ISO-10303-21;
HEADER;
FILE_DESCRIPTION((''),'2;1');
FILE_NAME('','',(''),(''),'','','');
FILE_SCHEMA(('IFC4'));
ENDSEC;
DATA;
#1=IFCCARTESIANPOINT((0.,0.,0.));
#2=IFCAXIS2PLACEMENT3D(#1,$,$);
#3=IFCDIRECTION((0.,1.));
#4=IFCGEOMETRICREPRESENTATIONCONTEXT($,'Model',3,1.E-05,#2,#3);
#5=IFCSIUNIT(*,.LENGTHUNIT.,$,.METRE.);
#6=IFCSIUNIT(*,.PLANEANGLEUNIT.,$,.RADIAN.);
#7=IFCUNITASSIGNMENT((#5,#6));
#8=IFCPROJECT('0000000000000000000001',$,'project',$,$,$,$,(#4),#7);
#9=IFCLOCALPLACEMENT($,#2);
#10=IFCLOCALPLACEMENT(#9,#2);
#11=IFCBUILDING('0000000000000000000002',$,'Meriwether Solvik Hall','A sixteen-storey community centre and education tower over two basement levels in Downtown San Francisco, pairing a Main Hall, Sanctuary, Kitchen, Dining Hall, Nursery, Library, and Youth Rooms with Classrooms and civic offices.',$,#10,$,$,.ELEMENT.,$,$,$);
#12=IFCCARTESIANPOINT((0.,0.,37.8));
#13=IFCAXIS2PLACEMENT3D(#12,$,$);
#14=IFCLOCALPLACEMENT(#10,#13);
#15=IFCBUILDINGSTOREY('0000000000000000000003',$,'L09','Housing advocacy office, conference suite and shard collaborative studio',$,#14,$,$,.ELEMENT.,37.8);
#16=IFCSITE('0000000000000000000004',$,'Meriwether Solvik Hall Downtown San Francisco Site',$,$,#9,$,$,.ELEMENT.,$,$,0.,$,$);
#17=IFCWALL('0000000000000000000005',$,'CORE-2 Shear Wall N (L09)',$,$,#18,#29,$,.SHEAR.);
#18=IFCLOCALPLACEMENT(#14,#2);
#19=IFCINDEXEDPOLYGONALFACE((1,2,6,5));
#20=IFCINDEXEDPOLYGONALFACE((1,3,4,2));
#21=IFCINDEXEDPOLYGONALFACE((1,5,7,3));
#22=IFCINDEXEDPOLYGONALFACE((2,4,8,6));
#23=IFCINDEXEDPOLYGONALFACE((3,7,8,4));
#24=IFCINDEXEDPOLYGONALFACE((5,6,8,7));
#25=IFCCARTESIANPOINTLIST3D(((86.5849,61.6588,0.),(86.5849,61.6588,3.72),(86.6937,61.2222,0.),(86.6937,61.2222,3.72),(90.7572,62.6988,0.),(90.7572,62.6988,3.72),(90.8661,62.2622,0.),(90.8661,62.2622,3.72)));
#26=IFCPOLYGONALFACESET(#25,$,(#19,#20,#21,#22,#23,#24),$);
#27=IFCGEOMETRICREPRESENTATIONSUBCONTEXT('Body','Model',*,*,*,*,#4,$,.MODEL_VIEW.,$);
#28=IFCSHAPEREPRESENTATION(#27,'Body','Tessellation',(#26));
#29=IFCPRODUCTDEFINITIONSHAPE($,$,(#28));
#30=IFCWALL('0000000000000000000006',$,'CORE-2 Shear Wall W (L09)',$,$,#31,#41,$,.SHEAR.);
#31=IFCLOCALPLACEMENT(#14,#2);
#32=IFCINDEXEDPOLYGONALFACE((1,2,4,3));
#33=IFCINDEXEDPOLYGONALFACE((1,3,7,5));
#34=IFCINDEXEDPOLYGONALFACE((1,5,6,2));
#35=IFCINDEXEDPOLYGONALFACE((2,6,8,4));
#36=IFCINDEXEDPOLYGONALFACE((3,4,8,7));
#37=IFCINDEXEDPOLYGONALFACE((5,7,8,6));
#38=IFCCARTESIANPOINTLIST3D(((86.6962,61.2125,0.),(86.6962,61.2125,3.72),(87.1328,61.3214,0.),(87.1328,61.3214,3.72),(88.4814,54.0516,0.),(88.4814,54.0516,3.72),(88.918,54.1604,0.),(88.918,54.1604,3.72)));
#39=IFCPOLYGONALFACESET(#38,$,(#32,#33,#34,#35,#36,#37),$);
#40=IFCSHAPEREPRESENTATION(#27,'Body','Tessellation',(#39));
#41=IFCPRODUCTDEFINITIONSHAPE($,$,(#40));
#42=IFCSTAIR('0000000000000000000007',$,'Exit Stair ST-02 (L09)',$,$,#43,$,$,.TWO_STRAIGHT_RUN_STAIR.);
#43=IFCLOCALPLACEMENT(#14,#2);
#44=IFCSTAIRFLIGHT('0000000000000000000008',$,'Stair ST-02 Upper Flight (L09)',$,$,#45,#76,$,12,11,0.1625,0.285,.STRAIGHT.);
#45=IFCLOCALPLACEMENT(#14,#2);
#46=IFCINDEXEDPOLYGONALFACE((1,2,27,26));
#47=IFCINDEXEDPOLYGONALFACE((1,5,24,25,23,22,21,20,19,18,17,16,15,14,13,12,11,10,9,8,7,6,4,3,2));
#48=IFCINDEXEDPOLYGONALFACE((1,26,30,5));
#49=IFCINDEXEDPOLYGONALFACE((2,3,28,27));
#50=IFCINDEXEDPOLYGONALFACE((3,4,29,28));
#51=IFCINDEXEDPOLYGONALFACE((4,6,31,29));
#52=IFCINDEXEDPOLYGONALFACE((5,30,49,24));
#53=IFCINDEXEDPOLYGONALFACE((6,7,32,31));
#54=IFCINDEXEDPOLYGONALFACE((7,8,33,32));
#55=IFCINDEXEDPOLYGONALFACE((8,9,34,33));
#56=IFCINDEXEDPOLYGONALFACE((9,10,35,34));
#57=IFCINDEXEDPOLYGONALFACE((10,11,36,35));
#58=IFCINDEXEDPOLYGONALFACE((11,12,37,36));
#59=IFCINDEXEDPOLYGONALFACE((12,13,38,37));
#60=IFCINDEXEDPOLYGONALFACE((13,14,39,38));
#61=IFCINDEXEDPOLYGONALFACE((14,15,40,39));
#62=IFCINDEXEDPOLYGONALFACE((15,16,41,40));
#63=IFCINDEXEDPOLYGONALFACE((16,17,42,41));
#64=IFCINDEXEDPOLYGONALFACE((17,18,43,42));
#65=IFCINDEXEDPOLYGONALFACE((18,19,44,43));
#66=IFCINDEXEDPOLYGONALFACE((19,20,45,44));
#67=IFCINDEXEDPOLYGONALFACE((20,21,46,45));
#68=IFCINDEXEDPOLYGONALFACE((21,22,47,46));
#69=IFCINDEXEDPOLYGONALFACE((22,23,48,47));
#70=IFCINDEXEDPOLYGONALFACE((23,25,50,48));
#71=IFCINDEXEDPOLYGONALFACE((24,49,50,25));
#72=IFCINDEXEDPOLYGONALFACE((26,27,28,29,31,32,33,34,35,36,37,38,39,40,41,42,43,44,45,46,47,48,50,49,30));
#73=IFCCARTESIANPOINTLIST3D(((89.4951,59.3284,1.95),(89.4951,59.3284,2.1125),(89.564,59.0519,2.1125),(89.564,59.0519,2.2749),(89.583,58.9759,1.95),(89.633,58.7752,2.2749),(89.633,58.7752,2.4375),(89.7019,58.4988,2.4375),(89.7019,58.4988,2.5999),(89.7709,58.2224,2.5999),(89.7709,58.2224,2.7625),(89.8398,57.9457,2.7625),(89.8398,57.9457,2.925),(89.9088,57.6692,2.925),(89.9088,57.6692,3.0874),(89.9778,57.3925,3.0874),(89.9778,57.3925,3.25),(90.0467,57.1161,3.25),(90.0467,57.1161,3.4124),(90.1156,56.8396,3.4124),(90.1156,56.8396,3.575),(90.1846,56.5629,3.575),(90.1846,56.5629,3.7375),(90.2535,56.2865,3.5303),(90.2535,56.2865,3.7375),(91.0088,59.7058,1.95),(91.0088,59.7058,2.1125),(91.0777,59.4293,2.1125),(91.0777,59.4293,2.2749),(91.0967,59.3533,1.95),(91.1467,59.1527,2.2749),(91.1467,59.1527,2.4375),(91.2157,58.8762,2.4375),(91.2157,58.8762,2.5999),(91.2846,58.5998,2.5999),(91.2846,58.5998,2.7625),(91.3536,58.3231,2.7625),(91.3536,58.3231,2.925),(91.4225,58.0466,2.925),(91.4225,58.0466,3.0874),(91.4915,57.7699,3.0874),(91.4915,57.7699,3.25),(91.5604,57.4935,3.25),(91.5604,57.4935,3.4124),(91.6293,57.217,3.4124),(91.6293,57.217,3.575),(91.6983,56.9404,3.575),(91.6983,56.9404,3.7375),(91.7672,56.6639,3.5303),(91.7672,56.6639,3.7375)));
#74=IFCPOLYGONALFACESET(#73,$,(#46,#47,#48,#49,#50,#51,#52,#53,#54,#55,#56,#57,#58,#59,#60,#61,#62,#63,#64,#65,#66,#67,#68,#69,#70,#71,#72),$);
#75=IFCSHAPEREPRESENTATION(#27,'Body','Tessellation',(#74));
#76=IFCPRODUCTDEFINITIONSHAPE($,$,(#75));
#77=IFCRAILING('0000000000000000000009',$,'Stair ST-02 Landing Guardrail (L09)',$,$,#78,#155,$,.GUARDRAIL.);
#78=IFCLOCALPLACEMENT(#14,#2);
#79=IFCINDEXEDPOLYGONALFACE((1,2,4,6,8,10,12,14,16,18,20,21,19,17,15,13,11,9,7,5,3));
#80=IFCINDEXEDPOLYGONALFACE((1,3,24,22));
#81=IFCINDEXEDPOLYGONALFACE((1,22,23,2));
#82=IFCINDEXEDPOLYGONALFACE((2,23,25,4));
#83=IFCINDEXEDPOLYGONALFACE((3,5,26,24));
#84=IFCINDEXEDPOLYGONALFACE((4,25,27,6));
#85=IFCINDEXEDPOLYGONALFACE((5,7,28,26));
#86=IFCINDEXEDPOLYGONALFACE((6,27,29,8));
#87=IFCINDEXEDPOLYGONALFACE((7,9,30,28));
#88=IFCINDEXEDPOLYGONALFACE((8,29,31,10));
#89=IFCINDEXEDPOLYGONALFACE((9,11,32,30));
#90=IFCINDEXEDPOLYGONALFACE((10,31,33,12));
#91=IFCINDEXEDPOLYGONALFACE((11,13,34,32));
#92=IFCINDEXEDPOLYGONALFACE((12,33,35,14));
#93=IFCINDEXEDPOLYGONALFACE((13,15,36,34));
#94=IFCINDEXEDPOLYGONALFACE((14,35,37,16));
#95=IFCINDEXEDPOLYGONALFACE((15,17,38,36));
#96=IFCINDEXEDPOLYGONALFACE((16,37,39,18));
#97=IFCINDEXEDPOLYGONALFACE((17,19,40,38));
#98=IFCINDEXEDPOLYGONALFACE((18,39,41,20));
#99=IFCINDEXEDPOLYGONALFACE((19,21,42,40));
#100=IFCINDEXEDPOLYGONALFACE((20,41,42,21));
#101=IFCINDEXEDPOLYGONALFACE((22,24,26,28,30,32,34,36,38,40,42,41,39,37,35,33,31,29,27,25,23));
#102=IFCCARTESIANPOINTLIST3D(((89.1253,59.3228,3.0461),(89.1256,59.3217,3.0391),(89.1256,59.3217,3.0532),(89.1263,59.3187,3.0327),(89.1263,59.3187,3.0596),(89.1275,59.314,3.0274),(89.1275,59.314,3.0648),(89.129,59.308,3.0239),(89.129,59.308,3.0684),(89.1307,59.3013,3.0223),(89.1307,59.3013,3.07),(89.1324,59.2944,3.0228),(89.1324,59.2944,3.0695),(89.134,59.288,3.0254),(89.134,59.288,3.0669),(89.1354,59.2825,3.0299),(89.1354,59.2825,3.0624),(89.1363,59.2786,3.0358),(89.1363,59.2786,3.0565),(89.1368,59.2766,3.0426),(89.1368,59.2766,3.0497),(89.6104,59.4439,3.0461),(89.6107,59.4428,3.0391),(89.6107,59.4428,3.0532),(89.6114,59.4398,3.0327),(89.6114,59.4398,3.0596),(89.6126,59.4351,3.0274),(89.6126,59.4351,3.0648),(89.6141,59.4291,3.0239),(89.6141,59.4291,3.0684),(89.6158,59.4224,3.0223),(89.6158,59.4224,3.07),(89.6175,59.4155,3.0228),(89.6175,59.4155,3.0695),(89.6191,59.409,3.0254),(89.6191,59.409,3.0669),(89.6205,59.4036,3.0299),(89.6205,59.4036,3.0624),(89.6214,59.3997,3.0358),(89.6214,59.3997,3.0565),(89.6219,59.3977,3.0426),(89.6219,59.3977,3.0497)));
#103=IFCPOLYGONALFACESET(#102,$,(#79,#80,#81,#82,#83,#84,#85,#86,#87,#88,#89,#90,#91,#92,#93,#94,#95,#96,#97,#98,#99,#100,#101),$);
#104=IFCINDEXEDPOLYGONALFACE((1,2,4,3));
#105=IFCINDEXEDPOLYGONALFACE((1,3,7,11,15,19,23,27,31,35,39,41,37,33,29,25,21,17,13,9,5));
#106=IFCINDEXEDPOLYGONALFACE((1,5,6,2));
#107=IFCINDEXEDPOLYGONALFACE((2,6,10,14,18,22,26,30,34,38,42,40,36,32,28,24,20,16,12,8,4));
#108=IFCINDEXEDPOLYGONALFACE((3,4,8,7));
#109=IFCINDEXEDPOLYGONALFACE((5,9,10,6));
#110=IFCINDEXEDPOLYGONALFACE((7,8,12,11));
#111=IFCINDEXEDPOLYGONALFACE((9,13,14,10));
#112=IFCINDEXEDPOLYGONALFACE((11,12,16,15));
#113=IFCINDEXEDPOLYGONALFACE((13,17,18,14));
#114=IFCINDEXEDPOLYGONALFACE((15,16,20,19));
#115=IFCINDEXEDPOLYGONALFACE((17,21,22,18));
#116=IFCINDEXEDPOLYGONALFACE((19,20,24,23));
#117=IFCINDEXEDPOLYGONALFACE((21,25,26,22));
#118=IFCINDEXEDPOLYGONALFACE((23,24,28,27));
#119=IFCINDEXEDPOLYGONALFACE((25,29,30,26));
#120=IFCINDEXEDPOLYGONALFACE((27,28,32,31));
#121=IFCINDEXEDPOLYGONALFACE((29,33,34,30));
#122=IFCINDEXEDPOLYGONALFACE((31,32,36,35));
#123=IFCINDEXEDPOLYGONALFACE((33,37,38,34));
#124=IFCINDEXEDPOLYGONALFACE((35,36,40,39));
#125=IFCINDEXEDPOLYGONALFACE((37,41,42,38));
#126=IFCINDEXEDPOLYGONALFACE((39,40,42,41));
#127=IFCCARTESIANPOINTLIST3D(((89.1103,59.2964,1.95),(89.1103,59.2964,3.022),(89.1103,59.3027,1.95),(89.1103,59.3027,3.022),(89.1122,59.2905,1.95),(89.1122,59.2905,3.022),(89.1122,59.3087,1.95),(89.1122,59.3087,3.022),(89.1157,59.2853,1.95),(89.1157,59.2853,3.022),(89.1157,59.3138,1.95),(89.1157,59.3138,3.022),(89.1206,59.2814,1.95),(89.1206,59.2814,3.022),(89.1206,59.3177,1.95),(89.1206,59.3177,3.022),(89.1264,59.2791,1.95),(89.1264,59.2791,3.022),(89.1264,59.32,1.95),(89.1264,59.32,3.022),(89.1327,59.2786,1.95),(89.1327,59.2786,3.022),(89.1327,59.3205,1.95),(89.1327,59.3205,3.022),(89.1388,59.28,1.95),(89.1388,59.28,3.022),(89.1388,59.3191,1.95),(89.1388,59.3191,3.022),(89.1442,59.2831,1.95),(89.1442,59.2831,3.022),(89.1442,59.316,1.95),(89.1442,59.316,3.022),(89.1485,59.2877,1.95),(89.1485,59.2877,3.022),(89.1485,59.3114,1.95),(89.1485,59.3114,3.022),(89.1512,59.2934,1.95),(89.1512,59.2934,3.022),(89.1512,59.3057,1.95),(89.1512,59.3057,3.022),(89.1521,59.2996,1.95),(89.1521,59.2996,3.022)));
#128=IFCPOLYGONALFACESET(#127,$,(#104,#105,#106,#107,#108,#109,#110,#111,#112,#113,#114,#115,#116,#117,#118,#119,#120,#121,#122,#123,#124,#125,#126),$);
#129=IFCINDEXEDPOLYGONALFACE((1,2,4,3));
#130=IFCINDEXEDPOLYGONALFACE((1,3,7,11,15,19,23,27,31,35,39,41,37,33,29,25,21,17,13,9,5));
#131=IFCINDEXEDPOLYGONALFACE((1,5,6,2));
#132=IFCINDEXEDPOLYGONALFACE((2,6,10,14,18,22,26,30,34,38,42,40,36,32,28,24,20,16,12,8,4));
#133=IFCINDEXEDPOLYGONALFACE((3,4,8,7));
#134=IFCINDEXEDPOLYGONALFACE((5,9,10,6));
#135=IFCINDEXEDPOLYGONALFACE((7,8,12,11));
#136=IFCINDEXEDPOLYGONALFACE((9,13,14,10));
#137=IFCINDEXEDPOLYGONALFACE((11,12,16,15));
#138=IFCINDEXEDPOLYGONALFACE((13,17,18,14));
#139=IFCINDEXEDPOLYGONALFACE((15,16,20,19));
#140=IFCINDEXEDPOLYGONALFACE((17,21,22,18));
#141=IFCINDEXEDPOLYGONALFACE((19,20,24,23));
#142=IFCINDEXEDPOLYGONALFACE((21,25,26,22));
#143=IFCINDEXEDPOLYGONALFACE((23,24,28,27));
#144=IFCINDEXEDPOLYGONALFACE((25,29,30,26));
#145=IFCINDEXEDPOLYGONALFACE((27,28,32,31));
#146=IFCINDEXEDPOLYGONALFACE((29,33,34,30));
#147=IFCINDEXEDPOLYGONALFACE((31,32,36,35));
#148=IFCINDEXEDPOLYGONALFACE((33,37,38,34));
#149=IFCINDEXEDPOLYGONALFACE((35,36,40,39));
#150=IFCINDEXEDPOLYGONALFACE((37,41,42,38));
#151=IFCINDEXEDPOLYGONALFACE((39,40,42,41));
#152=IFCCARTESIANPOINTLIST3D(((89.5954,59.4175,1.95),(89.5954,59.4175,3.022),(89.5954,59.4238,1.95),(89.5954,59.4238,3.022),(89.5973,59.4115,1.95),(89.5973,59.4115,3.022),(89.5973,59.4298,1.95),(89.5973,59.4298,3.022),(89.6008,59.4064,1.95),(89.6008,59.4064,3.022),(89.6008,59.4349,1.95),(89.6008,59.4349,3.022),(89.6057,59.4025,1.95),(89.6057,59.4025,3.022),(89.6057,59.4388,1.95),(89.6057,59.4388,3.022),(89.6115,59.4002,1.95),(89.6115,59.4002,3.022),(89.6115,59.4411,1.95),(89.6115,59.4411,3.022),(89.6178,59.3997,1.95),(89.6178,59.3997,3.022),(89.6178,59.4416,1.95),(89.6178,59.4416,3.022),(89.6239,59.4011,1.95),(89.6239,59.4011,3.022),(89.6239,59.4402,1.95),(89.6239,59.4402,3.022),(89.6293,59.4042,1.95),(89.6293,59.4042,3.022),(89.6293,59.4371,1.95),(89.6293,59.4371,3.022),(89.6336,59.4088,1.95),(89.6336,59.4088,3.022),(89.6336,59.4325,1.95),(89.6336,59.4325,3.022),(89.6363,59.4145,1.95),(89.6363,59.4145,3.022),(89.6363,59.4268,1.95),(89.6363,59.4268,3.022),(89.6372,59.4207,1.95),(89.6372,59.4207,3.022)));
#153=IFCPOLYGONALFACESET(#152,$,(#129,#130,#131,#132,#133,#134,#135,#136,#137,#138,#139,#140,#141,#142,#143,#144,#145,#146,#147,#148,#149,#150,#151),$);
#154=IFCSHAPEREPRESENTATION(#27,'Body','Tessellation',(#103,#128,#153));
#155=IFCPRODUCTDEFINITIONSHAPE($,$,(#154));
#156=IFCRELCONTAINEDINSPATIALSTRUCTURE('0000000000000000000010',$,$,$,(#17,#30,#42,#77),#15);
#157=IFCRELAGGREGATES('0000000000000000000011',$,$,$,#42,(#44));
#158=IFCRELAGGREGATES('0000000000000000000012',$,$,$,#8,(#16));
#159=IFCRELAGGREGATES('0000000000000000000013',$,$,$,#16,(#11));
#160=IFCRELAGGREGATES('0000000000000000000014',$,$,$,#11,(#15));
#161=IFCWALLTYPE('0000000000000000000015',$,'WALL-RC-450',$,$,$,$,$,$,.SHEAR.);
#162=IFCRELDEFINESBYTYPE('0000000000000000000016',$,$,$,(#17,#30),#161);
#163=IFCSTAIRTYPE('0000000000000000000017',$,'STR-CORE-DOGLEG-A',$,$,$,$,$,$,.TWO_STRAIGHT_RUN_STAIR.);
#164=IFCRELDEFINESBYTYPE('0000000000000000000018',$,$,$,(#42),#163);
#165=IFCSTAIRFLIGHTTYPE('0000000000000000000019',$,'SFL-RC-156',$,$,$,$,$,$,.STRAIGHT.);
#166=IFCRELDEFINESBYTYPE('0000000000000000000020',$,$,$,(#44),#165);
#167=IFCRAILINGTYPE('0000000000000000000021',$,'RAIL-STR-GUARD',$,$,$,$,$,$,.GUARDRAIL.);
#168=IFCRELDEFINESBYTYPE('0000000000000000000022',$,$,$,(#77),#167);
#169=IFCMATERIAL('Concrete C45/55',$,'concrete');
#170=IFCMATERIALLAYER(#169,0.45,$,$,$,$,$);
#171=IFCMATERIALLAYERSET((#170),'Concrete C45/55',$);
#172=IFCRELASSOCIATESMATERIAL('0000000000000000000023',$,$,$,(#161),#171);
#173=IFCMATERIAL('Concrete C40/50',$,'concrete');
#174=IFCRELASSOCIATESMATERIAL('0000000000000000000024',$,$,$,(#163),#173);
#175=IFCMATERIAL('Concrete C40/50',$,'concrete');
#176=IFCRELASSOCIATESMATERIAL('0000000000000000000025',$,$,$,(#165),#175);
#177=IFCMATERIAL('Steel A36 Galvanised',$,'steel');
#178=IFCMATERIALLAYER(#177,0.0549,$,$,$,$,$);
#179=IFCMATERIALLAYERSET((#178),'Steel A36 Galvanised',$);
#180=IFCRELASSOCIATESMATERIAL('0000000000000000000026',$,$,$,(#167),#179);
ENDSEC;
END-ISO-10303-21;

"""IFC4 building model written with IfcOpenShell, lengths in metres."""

from ifc_helpers import new_model, si_unit, direction, frame, frame_2d, origin, origin_2d, place, context, subcontext, project, spatial, polyline, rectangle, circle, outline, extrude, material, layer, layer_set, type_object, element, aggregate, save


model = new_model("IFC4")

# Units and contexts
model_context = context("Model", 3, precision=1e-05, world=origin(), true_north=direction((0.0, 1.0)))
body_context = subcontext(model_context, "Body", "Model", "MODEL_VIEW")
ifc_project = project(units=[si_unit("LENGTHUNIT", "METRE"), si_unit("PLANEANGLEUNIT", "RADIAN")], contexts=[model_context])

# Site, building, storey
site_placement = place(None, origin())
site = spatial("IfcSite", under=ifc_project, at=site_placement, Name="Meriwether Solvik Hall Downtown San Francisco Site", CompositionType="ELEMENT", RefElevation=0.0)
building_placement = place(site_placement, origin())
building = spatial("IfcBuilding", under=site, at=building_placement, Name="Meriwether Solvik Hall", Description="A sixteen-storey community centre and education tower over two basement levels in Downtown San Francisco, pairing a Main Hall, Sanctuary, Kitchen, Dining Hall, Nursery, Library, and Youth Rooms with Classrooms and civic offices.", CompositionType="ELEMENT")
storey_placement = place(building_placement, frame((0.0, 0.0, 37.8)))
storey = spatial("IfcBuildingStorey", under=building, at=storey_placement, Name="L09", Description="Housing advocacy office, conference suite and shard collaborative studio", CompositionType="ELEMENT", Elevation=37.8)

# Walls
ifc_material_1 = material(Name="Concrete C45/55", Category="concrete")
ifc_layer_1 = layer(ifc_material_1, 0.45)
ifc_layer_set_1 = layer_set([ifc_layer_1], Name="Concrete C45/55")
wall_type_1 = type_object("IfcWallType", Name="WALL-RC-450", PredefinedType="SHEAR", material=ifc_layer_set_1)
wall_1_placement = place(storey_placement, frame((90.8115, 62.4805, 0.0), z_axis=(0.0, 0.0, 1.0), x_axis=(-0.970309, -0.241868, 0.0)))
element("IfcWall", 1, at=wall_1_placement, inside=storey, type_object=wall_type_1, Name="CORE-2 Shear Wall N (L09)", PredefinedType="SHEAR", context=body_context, shape_type="SweptSolid", body=[
    extrude(rectangle(XDim=4.3, YDim=0.45, at=frame_2d((2.1499, 0.0))), origin(), (0.0, 0.0, 1.0), 3.72),
])
wall_2_placement = place(storey_placement, frame((86.9146, 61.2668, 0.0), z_axis=(0.0, 0.0, 1.0), x_axis=(0.24189, -0.970304, 0.0)))
element("IfcWall", 2, at=wall_2_placement, inside=storey, type_object=wall_type_1, Name="CORE-2 Shear Wall W (L09)", PredefinedType="SHEAR", context=body_context, shape_type="SweptSolid", body=[
    extrude(rectangle(XDim=7.3801, YDim=0.45, at=frame_2d((3.6899, 0.0))), origin(), (0.0, 0.0, 1.0), 3.72),
])

# Stair, stair flight
ifc_material_2 = material(Name="Concrete C40/50", Category="concrete")
stair_type = type_object("IfcStairType", Name="STR-CORE-DOGLEG-A", PredefinedType="TWO_STRAIGHT_RUN_STAIR", material=ifc_material_2)
stair_placement = place(storey_placement, origin())
stair = element("IfcStair", 3, at=stair_placement, inside=storey, type_object=stair_type, Name="Exit Stair ST-02 (L09)", PredefinedType="TWO_STRAIGHT_RUN_STAIR")
ifc_material_3 = material(Name="Concrete C40/50", Category="concrete")
stair_flight_type = type_object("IfcStairFlightType", Name="SFL-RC-156", PredefinedType="STRAIGHT", material=ifc_material_3)
stair_flight_placement = place(storey_placement, frame((90.252, 59.5171, 1.95), z_axis=(0.0, 0.0, 1.0), x_axis=(0.241922, -0.970296, 0.0)))
stair_flight = element("IfcStairFlight", 4, at=stair_flight_placement, type_object=stair_flight_type, Name="Stair ST-02 Upper Flight (L09)", NumberOfRisers=12, NumberOfTreads=11, PredefinedType="STRAIGHT", RiserHeight=0.1625, TreadLength=0.285, context=body_context, shape_type="SweptSolid", body=[
    extrude(outline(polyline([(0.0, 0.0), (0.0, 0.1626), (0.2849, 0.1626), (0.2849, 0.325), (0.5701, 0.325), (0.5701, 0.4875), (0.855, 0.4875), (0.855, 0.6499), (1.1399, 0.6499), (1.1399, 0.8125), (1.425, 0.8125), (1.425, 0.9751), (1.71, 0.9751), (1.71, 1.1375), (1.9951, 1.1375), (1.9951, 1.3), (2.28, 1.3), (2.28, 1.4624), (2.5649, 1.4624), (2.5649, 1.625), (2.8501, 1.625), (2.8501, 1.7876), (3.135, 1.7876), (3.135, 1.95), (3.135, 1.5803), (0.3633, 0.0), (0.0, 0.0)])), frame((0.0, 0.78, 0.0), z_axis=(0.0, -1.0, 0.0), x_axis=(1.0, 0.0, 0.0)), (0.0, 0.0, 1.0), 1.5601),
])
aggregate(stair, [stair_flight])

# Railing
ifc_material_4 = material(Name="Steel A36 Galvanised", Category="steel")
ifc_layer_2 = layer(ifc_material_4, 0.0549)
ifc_layer_set_2 = layer_set([ifc_layer_2], Name="Steel A36 Galvanised")
railing_type_1 = type_object("IfcRailingType", Name="RAIL-STR-GUARD", PredefinedType="GUARDRAIL", material=ifc_layer_set_2)
railing_1_placement = place(storey_placement, frame((89.1311, 59.2996, 1.95)))
element("IfcRailing", 5, at=railing_1_placement, inside=storey, type_object=railing_type_1, Name="Stair ST-02 Landing Guardrail (L09)", PredefinedType="GUARDRAIL", context=body_context, shape_type="SweptSolid", body=[
    extrude(circle(Radius=0.0239, at=origin_2d()), frame((0.0, 0.0, 1.0962), z_axis=(0.970229, 0.242191, 0.0), x_axis=(-0.242191, 0.970229, 0.0)), (0.0, 0.0, 1.0), 0.5),
    extrude(circle(Radius=0.021, at=origin_2d()), origin(), (0.0, 0.0, 1.0), 1.072),
    extrude(circle(Radius=0.021, at=origin_2d()), frame((0.4851, 0.1211, 0.0)), (0.0, 0.0, 1.0), 1.072),
])

save(model, "model.ifc")
